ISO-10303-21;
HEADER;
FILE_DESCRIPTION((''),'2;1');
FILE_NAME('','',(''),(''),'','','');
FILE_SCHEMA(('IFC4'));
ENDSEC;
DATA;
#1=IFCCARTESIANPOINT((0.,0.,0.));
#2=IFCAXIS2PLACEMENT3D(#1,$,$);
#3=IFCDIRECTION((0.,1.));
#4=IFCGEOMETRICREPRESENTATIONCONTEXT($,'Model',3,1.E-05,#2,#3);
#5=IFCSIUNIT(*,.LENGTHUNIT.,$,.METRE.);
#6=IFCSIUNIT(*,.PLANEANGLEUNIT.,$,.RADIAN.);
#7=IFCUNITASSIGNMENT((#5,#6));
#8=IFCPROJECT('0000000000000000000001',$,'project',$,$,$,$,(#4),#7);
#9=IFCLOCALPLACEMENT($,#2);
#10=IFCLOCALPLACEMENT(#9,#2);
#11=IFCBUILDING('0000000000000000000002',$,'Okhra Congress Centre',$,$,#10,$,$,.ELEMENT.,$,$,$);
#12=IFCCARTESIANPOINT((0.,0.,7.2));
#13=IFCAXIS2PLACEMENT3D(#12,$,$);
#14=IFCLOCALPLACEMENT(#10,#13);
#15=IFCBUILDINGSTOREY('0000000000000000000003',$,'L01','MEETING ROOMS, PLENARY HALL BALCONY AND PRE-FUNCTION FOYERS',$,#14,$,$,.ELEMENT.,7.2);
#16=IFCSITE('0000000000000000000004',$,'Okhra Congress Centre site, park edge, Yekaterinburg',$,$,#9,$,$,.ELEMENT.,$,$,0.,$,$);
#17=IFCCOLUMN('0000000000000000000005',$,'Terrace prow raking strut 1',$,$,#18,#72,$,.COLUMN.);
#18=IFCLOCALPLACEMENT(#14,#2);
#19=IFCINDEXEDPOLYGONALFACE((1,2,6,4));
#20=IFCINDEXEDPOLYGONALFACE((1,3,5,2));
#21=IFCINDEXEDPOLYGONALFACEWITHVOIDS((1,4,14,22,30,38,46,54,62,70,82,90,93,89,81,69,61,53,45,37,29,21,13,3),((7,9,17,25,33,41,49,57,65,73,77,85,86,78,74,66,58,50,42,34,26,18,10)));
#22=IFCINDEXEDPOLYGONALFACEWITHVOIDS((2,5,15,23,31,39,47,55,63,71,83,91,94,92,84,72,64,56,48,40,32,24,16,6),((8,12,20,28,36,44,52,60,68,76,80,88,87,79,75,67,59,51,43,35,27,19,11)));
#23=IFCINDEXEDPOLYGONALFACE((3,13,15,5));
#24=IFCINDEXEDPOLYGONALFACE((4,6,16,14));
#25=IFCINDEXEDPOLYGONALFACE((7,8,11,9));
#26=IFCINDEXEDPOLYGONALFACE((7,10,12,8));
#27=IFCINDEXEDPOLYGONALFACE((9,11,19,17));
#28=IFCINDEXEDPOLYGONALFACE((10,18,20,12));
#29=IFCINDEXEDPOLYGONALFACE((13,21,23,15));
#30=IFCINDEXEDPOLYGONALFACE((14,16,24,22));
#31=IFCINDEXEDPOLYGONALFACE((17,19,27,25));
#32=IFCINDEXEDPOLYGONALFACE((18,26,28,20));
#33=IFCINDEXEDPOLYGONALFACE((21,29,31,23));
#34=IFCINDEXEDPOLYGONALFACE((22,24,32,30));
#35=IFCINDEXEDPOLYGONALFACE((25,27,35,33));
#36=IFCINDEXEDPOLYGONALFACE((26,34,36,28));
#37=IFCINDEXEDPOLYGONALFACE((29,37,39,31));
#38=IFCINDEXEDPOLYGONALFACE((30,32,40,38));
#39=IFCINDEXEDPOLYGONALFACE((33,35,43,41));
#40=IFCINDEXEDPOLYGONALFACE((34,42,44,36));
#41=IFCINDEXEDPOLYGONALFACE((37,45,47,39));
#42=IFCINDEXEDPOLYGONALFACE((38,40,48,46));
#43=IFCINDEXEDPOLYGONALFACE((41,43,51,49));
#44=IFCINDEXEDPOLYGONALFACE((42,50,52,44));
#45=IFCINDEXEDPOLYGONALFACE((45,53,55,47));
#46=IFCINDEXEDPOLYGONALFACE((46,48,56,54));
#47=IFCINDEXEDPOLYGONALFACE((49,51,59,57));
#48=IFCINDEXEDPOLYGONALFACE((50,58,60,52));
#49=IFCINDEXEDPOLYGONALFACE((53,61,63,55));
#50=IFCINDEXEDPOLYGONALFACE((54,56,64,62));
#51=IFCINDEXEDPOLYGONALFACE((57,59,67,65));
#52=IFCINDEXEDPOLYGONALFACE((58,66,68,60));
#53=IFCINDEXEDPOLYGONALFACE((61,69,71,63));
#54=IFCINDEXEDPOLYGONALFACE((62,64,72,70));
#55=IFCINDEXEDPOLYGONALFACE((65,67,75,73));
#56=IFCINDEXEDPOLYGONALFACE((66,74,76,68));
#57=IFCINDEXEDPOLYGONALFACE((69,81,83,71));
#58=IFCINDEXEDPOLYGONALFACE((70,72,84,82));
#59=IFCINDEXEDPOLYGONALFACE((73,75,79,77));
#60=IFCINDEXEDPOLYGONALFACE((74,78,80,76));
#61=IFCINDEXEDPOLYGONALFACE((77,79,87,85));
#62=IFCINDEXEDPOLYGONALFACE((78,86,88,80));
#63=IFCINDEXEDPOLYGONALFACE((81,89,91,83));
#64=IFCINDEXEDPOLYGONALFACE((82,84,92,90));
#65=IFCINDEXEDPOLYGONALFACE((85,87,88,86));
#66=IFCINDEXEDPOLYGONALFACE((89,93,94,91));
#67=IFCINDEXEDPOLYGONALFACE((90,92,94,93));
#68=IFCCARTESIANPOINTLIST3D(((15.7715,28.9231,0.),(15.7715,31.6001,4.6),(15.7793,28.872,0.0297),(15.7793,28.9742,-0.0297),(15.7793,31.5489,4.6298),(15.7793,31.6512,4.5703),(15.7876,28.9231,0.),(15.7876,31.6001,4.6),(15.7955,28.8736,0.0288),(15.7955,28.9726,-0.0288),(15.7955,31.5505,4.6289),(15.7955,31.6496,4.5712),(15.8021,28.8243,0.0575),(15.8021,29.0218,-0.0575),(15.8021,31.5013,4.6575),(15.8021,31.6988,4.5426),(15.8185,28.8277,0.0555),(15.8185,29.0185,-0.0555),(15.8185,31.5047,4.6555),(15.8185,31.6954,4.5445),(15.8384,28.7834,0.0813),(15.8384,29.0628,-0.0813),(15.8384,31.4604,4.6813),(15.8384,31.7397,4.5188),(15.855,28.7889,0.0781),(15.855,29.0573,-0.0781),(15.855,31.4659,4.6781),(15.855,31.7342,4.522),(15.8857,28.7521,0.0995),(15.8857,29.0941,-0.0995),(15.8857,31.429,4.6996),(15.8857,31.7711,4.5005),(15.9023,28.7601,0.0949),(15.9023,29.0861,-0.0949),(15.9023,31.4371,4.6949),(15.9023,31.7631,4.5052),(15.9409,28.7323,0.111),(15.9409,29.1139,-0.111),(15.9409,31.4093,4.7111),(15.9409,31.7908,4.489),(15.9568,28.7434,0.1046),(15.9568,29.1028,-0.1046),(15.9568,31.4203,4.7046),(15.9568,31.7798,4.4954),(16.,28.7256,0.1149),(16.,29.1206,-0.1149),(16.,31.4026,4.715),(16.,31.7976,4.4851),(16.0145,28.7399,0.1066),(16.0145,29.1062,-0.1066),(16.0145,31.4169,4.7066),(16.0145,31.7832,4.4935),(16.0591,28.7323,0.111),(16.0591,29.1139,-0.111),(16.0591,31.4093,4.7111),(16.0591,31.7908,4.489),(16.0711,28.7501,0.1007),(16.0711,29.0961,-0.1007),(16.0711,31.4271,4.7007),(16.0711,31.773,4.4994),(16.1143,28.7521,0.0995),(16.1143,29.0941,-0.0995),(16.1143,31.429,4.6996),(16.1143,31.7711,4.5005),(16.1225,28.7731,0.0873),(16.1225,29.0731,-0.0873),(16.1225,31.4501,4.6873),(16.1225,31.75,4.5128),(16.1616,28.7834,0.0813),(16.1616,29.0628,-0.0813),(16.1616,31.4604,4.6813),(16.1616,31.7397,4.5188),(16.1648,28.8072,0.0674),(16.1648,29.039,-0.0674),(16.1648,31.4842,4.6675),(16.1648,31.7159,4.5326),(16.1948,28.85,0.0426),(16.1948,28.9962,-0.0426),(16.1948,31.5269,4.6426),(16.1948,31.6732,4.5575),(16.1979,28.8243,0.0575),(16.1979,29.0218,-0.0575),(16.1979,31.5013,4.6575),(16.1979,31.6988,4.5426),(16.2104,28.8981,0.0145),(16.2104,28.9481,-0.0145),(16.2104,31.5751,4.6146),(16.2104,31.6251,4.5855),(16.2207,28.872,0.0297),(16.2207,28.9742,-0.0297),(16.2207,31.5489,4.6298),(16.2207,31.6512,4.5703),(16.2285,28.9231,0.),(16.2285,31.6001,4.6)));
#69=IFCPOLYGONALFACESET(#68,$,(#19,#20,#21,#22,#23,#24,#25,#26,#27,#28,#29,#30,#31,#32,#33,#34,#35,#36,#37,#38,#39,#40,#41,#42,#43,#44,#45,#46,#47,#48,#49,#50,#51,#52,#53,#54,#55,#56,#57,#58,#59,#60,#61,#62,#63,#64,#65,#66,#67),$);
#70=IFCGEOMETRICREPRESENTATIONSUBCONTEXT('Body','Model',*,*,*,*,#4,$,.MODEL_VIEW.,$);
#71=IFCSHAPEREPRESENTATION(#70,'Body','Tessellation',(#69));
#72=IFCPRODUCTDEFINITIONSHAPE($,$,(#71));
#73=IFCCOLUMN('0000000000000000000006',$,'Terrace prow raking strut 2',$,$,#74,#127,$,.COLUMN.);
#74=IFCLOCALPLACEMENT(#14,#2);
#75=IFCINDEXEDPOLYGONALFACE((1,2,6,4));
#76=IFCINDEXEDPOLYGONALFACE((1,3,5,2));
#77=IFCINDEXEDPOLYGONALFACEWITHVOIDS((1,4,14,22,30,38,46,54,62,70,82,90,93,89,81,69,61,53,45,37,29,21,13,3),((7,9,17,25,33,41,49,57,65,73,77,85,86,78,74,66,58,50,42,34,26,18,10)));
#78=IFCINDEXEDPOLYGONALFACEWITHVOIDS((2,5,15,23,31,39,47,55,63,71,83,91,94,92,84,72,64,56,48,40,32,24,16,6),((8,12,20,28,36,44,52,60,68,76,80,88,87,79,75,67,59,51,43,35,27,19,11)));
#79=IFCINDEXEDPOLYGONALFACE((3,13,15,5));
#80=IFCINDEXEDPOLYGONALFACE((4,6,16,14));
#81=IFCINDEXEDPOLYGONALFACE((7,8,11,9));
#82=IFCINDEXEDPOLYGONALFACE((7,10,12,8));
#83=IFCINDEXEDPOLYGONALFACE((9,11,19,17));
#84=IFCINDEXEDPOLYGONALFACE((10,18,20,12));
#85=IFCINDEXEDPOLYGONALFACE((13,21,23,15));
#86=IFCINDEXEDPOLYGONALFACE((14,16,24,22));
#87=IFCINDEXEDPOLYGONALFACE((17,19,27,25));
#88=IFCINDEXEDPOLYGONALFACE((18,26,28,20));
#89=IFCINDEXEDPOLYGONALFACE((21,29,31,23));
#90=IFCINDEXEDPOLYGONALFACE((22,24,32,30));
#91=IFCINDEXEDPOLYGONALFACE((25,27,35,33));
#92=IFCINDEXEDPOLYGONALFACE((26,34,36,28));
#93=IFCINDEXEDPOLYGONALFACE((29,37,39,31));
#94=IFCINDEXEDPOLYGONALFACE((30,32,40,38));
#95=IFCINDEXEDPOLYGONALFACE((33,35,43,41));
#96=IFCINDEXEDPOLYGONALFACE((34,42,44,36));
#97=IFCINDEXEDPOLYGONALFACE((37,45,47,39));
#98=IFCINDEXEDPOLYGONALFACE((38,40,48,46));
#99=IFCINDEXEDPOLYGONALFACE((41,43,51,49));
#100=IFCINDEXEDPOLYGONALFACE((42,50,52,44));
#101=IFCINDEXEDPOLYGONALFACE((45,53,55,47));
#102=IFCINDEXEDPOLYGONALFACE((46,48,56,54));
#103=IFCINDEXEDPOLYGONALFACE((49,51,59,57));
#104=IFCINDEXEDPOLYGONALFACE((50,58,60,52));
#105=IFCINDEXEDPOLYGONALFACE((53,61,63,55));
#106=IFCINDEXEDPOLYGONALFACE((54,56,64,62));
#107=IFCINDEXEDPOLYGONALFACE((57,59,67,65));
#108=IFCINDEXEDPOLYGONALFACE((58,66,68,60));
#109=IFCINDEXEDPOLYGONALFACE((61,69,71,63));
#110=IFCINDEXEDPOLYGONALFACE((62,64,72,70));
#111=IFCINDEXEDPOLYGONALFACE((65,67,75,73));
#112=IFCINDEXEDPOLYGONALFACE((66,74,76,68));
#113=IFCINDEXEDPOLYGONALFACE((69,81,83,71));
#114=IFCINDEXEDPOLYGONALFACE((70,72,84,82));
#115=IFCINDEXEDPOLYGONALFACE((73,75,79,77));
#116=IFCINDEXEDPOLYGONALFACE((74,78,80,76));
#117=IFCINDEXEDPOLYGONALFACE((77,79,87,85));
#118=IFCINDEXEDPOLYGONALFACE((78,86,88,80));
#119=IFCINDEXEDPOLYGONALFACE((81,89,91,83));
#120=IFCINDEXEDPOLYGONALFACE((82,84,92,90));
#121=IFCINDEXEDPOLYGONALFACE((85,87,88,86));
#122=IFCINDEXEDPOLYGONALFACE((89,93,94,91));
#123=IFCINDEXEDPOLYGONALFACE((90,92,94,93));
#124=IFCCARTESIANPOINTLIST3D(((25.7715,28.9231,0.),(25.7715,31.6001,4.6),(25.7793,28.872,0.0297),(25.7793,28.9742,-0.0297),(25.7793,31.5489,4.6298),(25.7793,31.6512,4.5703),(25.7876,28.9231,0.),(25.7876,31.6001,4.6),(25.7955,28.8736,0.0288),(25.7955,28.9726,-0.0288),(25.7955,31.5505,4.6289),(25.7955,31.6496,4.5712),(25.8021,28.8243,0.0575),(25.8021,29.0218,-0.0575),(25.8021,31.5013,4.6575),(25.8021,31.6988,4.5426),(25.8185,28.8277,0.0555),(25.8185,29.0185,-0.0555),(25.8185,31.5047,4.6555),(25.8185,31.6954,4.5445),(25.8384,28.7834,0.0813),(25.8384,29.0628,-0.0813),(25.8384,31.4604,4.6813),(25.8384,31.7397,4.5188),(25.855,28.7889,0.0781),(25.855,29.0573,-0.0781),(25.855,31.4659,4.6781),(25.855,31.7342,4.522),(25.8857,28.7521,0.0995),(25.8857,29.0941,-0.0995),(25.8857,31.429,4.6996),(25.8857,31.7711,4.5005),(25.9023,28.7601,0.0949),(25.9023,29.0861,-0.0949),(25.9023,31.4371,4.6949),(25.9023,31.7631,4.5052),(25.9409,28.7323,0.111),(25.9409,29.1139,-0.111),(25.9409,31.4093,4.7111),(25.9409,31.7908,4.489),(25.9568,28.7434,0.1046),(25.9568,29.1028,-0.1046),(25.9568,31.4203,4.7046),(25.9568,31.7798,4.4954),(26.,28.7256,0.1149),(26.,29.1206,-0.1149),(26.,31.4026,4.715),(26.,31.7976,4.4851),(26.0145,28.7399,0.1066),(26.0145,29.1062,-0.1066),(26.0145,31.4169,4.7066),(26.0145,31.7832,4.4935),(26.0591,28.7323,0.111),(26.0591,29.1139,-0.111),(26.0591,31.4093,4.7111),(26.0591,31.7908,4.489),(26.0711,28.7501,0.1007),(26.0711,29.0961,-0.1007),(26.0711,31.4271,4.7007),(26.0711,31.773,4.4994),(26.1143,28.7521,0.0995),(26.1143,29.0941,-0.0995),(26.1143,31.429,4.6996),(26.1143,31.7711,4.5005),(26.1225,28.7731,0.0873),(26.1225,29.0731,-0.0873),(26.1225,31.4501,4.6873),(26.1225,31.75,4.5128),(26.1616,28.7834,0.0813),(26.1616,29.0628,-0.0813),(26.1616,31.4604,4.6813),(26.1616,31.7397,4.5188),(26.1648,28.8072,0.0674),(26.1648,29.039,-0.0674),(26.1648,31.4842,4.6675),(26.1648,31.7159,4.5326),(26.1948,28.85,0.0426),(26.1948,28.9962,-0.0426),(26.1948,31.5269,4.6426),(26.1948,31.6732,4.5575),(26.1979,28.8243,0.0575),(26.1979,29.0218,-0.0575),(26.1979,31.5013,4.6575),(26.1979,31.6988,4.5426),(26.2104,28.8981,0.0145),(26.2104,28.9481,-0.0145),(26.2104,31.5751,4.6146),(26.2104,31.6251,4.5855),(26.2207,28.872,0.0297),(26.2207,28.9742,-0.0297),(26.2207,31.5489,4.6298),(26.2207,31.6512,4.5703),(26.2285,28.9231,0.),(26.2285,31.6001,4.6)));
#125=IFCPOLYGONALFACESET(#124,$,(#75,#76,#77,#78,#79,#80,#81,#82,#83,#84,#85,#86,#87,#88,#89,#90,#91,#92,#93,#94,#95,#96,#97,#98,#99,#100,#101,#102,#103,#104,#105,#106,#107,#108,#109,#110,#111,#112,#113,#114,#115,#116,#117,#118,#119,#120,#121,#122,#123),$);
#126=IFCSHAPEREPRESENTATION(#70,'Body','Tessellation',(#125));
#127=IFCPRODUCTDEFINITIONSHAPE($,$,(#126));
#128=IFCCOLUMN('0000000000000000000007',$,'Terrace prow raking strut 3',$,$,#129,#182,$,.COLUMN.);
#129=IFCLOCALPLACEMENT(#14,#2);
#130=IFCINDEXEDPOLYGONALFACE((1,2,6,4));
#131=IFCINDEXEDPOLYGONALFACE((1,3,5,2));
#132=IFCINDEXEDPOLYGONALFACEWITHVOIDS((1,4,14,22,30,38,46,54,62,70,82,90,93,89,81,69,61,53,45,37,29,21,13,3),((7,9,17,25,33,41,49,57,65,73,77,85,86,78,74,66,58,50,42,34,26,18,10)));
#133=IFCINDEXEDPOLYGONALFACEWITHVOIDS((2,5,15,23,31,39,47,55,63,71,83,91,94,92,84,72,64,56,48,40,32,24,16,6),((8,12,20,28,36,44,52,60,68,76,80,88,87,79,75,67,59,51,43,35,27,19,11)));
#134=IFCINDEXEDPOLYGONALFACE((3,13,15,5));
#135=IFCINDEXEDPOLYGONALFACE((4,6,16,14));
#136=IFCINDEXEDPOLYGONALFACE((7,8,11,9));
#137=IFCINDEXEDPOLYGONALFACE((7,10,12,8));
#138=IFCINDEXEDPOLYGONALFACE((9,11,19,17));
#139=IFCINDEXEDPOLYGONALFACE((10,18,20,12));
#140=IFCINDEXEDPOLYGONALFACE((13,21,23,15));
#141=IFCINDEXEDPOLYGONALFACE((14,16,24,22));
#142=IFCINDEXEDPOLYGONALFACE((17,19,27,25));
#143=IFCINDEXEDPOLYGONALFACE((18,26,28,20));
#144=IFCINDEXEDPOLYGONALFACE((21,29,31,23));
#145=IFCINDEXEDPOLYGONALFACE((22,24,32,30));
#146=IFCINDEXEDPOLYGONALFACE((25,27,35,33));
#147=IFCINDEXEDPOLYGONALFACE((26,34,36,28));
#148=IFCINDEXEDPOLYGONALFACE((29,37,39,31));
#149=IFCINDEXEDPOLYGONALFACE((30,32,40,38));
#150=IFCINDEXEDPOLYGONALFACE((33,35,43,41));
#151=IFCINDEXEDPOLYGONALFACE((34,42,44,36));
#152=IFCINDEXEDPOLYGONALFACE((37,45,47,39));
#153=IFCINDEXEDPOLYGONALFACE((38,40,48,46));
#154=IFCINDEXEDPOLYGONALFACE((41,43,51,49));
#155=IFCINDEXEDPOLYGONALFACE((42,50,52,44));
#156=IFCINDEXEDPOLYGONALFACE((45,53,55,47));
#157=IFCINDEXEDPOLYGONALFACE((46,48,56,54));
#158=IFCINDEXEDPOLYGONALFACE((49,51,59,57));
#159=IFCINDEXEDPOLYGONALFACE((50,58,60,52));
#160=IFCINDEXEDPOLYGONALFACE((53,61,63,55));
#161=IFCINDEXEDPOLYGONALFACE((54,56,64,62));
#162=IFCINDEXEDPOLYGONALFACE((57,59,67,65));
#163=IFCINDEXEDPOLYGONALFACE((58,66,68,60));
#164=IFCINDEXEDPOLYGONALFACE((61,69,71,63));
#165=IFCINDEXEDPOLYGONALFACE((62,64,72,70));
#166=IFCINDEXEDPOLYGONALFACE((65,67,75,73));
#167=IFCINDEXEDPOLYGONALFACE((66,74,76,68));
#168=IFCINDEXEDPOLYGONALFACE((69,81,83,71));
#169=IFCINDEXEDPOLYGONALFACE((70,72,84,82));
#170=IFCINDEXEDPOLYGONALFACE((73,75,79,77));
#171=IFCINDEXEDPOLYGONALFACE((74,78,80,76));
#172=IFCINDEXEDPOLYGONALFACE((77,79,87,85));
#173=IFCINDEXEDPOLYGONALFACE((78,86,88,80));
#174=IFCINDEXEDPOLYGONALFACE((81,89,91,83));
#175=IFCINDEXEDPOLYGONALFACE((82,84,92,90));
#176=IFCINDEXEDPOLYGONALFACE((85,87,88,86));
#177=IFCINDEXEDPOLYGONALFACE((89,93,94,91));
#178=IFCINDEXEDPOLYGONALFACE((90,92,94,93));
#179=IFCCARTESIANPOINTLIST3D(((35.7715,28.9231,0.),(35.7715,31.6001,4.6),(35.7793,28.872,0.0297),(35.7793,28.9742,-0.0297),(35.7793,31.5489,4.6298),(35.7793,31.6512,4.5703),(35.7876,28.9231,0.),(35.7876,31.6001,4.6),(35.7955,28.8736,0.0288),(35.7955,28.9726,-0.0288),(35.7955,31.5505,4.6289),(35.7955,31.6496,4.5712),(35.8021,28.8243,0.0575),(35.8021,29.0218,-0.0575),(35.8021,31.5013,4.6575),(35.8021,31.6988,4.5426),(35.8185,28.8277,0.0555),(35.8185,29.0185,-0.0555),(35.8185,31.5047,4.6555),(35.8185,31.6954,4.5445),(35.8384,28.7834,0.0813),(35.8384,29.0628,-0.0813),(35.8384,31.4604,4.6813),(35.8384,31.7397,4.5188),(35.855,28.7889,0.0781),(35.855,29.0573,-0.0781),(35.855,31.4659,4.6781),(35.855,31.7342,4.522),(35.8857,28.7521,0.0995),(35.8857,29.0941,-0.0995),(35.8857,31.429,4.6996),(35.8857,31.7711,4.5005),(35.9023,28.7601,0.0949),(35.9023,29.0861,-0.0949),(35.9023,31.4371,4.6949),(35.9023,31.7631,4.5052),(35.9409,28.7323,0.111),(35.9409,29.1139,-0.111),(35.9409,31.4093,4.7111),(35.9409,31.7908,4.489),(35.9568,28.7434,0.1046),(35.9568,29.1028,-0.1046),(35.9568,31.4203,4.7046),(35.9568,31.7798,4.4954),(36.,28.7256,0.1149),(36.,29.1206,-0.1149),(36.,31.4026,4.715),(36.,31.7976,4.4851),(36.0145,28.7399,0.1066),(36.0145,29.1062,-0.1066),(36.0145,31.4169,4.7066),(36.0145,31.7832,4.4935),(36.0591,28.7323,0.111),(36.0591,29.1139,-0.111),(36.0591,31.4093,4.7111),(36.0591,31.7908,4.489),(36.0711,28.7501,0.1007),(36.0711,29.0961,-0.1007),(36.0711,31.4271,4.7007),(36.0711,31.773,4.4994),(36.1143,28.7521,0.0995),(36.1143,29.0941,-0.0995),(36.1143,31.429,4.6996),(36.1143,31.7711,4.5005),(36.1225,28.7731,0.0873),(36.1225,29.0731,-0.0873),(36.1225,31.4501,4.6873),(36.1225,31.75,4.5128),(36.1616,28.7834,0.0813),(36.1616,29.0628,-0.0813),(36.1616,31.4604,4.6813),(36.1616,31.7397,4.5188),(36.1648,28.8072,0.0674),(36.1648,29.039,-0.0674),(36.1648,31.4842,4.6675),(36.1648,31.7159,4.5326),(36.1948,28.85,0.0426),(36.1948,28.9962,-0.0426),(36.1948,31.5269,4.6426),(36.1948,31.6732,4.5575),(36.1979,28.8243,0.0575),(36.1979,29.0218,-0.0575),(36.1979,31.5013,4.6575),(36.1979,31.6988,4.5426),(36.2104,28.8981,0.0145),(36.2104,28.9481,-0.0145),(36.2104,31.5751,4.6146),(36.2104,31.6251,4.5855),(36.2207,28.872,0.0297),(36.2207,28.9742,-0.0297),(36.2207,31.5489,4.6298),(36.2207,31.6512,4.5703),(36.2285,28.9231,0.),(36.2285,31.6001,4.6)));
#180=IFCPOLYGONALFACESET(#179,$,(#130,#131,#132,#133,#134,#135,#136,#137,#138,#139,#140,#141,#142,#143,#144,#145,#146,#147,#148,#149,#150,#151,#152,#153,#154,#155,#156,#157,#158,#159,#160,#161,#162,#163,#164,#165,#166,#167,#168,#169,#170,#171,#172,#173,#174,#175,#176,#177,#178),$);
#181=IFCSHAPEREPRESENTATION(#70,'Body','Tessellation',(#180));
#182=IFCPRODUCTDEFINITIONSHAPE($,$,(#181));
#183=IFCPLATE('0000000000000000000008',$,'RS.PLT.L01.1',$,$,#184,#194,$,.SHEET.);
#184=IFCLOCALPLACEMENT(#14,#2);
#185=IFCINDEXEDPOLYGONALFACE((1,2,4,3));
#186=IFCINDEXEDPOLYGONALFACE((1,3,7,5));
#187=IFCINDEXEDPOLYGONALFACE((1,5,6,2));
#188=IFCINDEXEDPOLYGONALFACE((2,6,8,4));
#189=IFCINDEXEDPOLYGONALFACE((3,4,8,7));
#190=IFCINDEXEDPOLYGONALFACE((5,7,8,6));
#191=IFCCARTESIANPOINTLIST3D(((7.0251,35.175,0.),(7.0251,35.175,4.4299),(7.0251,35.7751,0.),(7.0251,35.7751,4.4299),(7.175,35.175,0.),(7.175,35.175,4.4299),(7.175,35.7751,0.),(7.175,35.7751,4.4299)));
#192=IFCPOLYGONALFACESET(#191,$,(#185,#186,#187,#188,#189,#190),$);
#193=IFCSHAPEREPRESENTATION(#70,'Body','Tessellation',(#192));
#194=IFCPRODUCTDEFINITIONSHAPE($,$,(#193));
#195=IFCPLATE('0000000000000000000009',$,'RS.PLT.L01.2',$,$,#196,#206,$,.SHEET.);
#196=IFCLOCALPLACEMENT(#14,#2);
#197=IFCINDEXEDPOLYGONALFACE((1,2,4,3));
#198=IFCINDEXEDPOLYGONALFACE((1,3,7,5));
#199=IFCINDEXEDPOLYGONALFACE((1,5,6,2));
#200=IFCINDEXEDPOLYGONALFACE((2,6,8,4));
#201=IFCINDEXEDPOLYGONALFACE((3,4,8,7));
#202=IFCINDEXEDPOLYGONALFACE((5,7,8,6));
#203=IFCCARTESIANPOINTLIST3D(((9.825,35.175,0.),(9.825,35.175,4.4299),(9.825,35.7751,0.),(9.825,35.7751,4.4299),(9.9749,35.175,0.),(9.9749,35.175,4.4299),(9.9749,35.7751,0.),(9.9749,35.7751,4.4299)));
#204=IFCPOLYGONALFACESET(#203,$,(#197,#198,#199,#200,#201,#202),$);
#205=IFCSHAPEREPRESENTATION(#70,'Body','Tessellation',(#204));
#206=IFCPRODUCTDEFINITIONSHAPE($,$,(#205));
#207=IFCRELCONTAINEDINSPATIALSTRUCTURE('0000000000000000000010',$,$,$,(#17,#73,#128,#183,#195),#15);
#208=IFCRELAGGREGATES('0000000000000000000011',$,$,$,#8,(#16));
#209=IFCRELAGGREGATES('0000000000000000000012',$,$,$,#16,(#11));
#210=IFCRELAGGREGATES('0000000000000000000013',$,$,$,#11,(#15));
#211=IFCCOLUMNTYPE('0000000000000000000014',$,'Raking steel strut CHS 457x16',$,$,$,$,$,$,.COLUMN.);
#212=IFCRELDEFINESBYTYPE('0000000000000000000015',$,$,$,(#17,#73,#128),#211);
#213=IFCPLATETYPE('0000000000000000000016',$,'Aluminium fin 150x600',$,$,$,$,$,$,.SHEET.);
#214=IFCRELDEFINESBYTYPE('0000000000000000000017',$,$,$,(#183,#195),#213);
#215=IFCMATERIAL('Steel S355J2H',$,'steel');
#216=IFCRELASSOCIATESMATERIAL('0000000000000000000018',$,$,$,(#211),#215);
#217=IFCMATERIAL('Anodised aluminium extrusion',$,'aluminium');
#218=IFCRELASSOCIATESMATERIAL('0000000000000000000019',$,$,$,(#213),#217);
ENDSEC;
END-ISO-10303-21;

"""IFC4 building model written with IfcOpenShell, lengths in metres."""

from ifc_helpers import new_model, si_unit, direction, frame, origin, origin_2d, place, context, subcontext, project, spatial, rectangle, hollow_circle, extrude, material, material_profile, profile_set, type_object, element, save


model = new_model("IFC4")

# Units and contexts
model_context = context("Model", 3, precision=1e-05, world=origin(), true_north=direction((0.0, 1.0)))
body_context = subcontext(model_context, "Body", "Model", "MODEL_VIEW")
ifc_project = project(units=[si_unit("LENGTHUNIT", "METRE"), si_unit("PLANEANGLEUNIT", "RADIAN")], contexts=[model_context])

# Site, building, storey
site_placement = place(None, origin())
site = spatial("IfcSite", under=ifc_project, at=site_placement, Name="Okhra Congress Centre site, park edge, Yekaterinburg", CompositionType="ELEMENT", RefElevation=0.0)
building_placement = place(site_placement, origin())
building = spatial("IfcBuilding", under=site, at=building_placement, Name="Okhra Congress Centre", CompositionType="ELEMENT")
storey_placement = place(building_placement, frame((0.0, 0.0, 7.2)))
storey = spatial("IfcBuildingStorey", under=building, at=storey_placement, Name="L01", Description="MEETING ROOMS, PLENARY HALL BALCONY AND PRE-FUNCTION FOYERS", CompositionType="ELEMENT", Elevation=7.2)

# Columns
ifc_material_1 = material(Name="Steel S355J2H", Category="steel")
ifc_material_profile = material_profile(ifc_material_1, hollow_circle(Radius=0.2285, WallThickness=0.0161, at=origin_2d()), Name="CHS 457x16")
ifc_profile_set = profile_set([ifc_material_profile], Name="Steel S355J2H")
column_type = type_object("IfcColumnType", Name="Raking steel strut CHS 457x16", PredefinedType="COLUMN", material=ifc_profile_set)
for number, where, z_axis, x_axis, name in (
    (1, (16.0, 28.9231, 0.0), (0.0, 0.502975, 0.864301), (-1.0, 0.0, 0.0), "Terrace prow raking strut 1"),
    (2, (26.0, 28.9231, 0.0), (0.0, 0.502975, 0.864301), (-1.0, 0.0, 0.0), "Terrace prow raking strut 2"),
    (3, (36.0, 28.9231, 0.0), (0.0, 0.502975, 0.864301), (-1.0, 0.0, 0.0), "Terrace prow raking strut 3"),
):
    element("IfcColumn", number, at=place(storey_placement, frame(where, z_axis=z_axis, x_axis=x_axis)), inside=storey, type_object=column_type, Name=name, PredefinedType="COLUMN", context=body_context, shape_type="SweptSolid", body=[
        extrude(hollow_circle(Radius=0.2285, WallThickness=0.0161, at=origin_2d()), origin(), (0.0, 0.0, 1.0), 5.3223),
    ])

# Plates
ifc_material_2 = material(Name="Anodised aluminium extrusion", Category="aluminium")
plate_type = type_object("IfcPlateType", Name="Aluminium fin 150x600", PredefinedType="SHEET", material=ifc_material_2)
for number, where, z_axis, x_axis, name in (
    (4, (7.1001, 35.4751, 0.0), (0.0, 0.0, 1.0), (1.0, 0.0, 0.0), "RS.PLT.L01.1"),
    (5, (9.8999, 35.4751, 0.0), (0.0, 0.0, 1.0), (1.0, 0.0, 0.0), "RS.PLT.L01.2"),
):
    element("IfcPlate", number, at=place(storey_placement, frame(where, z_axis=z_axis, x_axis=x_axis)), inside=storey, type_object=plate_type, Name=name, PredefinedType="SHEET", context=body_context, shape_type="SweptSolid", body=[
        extrude(rectangle(XDim=0.1499, YDim=0.6001, at=origin_2d()), origin(), (0.0, 0.0, 1.0), 4.4299),
    ])

save(model, "model.ifc")
